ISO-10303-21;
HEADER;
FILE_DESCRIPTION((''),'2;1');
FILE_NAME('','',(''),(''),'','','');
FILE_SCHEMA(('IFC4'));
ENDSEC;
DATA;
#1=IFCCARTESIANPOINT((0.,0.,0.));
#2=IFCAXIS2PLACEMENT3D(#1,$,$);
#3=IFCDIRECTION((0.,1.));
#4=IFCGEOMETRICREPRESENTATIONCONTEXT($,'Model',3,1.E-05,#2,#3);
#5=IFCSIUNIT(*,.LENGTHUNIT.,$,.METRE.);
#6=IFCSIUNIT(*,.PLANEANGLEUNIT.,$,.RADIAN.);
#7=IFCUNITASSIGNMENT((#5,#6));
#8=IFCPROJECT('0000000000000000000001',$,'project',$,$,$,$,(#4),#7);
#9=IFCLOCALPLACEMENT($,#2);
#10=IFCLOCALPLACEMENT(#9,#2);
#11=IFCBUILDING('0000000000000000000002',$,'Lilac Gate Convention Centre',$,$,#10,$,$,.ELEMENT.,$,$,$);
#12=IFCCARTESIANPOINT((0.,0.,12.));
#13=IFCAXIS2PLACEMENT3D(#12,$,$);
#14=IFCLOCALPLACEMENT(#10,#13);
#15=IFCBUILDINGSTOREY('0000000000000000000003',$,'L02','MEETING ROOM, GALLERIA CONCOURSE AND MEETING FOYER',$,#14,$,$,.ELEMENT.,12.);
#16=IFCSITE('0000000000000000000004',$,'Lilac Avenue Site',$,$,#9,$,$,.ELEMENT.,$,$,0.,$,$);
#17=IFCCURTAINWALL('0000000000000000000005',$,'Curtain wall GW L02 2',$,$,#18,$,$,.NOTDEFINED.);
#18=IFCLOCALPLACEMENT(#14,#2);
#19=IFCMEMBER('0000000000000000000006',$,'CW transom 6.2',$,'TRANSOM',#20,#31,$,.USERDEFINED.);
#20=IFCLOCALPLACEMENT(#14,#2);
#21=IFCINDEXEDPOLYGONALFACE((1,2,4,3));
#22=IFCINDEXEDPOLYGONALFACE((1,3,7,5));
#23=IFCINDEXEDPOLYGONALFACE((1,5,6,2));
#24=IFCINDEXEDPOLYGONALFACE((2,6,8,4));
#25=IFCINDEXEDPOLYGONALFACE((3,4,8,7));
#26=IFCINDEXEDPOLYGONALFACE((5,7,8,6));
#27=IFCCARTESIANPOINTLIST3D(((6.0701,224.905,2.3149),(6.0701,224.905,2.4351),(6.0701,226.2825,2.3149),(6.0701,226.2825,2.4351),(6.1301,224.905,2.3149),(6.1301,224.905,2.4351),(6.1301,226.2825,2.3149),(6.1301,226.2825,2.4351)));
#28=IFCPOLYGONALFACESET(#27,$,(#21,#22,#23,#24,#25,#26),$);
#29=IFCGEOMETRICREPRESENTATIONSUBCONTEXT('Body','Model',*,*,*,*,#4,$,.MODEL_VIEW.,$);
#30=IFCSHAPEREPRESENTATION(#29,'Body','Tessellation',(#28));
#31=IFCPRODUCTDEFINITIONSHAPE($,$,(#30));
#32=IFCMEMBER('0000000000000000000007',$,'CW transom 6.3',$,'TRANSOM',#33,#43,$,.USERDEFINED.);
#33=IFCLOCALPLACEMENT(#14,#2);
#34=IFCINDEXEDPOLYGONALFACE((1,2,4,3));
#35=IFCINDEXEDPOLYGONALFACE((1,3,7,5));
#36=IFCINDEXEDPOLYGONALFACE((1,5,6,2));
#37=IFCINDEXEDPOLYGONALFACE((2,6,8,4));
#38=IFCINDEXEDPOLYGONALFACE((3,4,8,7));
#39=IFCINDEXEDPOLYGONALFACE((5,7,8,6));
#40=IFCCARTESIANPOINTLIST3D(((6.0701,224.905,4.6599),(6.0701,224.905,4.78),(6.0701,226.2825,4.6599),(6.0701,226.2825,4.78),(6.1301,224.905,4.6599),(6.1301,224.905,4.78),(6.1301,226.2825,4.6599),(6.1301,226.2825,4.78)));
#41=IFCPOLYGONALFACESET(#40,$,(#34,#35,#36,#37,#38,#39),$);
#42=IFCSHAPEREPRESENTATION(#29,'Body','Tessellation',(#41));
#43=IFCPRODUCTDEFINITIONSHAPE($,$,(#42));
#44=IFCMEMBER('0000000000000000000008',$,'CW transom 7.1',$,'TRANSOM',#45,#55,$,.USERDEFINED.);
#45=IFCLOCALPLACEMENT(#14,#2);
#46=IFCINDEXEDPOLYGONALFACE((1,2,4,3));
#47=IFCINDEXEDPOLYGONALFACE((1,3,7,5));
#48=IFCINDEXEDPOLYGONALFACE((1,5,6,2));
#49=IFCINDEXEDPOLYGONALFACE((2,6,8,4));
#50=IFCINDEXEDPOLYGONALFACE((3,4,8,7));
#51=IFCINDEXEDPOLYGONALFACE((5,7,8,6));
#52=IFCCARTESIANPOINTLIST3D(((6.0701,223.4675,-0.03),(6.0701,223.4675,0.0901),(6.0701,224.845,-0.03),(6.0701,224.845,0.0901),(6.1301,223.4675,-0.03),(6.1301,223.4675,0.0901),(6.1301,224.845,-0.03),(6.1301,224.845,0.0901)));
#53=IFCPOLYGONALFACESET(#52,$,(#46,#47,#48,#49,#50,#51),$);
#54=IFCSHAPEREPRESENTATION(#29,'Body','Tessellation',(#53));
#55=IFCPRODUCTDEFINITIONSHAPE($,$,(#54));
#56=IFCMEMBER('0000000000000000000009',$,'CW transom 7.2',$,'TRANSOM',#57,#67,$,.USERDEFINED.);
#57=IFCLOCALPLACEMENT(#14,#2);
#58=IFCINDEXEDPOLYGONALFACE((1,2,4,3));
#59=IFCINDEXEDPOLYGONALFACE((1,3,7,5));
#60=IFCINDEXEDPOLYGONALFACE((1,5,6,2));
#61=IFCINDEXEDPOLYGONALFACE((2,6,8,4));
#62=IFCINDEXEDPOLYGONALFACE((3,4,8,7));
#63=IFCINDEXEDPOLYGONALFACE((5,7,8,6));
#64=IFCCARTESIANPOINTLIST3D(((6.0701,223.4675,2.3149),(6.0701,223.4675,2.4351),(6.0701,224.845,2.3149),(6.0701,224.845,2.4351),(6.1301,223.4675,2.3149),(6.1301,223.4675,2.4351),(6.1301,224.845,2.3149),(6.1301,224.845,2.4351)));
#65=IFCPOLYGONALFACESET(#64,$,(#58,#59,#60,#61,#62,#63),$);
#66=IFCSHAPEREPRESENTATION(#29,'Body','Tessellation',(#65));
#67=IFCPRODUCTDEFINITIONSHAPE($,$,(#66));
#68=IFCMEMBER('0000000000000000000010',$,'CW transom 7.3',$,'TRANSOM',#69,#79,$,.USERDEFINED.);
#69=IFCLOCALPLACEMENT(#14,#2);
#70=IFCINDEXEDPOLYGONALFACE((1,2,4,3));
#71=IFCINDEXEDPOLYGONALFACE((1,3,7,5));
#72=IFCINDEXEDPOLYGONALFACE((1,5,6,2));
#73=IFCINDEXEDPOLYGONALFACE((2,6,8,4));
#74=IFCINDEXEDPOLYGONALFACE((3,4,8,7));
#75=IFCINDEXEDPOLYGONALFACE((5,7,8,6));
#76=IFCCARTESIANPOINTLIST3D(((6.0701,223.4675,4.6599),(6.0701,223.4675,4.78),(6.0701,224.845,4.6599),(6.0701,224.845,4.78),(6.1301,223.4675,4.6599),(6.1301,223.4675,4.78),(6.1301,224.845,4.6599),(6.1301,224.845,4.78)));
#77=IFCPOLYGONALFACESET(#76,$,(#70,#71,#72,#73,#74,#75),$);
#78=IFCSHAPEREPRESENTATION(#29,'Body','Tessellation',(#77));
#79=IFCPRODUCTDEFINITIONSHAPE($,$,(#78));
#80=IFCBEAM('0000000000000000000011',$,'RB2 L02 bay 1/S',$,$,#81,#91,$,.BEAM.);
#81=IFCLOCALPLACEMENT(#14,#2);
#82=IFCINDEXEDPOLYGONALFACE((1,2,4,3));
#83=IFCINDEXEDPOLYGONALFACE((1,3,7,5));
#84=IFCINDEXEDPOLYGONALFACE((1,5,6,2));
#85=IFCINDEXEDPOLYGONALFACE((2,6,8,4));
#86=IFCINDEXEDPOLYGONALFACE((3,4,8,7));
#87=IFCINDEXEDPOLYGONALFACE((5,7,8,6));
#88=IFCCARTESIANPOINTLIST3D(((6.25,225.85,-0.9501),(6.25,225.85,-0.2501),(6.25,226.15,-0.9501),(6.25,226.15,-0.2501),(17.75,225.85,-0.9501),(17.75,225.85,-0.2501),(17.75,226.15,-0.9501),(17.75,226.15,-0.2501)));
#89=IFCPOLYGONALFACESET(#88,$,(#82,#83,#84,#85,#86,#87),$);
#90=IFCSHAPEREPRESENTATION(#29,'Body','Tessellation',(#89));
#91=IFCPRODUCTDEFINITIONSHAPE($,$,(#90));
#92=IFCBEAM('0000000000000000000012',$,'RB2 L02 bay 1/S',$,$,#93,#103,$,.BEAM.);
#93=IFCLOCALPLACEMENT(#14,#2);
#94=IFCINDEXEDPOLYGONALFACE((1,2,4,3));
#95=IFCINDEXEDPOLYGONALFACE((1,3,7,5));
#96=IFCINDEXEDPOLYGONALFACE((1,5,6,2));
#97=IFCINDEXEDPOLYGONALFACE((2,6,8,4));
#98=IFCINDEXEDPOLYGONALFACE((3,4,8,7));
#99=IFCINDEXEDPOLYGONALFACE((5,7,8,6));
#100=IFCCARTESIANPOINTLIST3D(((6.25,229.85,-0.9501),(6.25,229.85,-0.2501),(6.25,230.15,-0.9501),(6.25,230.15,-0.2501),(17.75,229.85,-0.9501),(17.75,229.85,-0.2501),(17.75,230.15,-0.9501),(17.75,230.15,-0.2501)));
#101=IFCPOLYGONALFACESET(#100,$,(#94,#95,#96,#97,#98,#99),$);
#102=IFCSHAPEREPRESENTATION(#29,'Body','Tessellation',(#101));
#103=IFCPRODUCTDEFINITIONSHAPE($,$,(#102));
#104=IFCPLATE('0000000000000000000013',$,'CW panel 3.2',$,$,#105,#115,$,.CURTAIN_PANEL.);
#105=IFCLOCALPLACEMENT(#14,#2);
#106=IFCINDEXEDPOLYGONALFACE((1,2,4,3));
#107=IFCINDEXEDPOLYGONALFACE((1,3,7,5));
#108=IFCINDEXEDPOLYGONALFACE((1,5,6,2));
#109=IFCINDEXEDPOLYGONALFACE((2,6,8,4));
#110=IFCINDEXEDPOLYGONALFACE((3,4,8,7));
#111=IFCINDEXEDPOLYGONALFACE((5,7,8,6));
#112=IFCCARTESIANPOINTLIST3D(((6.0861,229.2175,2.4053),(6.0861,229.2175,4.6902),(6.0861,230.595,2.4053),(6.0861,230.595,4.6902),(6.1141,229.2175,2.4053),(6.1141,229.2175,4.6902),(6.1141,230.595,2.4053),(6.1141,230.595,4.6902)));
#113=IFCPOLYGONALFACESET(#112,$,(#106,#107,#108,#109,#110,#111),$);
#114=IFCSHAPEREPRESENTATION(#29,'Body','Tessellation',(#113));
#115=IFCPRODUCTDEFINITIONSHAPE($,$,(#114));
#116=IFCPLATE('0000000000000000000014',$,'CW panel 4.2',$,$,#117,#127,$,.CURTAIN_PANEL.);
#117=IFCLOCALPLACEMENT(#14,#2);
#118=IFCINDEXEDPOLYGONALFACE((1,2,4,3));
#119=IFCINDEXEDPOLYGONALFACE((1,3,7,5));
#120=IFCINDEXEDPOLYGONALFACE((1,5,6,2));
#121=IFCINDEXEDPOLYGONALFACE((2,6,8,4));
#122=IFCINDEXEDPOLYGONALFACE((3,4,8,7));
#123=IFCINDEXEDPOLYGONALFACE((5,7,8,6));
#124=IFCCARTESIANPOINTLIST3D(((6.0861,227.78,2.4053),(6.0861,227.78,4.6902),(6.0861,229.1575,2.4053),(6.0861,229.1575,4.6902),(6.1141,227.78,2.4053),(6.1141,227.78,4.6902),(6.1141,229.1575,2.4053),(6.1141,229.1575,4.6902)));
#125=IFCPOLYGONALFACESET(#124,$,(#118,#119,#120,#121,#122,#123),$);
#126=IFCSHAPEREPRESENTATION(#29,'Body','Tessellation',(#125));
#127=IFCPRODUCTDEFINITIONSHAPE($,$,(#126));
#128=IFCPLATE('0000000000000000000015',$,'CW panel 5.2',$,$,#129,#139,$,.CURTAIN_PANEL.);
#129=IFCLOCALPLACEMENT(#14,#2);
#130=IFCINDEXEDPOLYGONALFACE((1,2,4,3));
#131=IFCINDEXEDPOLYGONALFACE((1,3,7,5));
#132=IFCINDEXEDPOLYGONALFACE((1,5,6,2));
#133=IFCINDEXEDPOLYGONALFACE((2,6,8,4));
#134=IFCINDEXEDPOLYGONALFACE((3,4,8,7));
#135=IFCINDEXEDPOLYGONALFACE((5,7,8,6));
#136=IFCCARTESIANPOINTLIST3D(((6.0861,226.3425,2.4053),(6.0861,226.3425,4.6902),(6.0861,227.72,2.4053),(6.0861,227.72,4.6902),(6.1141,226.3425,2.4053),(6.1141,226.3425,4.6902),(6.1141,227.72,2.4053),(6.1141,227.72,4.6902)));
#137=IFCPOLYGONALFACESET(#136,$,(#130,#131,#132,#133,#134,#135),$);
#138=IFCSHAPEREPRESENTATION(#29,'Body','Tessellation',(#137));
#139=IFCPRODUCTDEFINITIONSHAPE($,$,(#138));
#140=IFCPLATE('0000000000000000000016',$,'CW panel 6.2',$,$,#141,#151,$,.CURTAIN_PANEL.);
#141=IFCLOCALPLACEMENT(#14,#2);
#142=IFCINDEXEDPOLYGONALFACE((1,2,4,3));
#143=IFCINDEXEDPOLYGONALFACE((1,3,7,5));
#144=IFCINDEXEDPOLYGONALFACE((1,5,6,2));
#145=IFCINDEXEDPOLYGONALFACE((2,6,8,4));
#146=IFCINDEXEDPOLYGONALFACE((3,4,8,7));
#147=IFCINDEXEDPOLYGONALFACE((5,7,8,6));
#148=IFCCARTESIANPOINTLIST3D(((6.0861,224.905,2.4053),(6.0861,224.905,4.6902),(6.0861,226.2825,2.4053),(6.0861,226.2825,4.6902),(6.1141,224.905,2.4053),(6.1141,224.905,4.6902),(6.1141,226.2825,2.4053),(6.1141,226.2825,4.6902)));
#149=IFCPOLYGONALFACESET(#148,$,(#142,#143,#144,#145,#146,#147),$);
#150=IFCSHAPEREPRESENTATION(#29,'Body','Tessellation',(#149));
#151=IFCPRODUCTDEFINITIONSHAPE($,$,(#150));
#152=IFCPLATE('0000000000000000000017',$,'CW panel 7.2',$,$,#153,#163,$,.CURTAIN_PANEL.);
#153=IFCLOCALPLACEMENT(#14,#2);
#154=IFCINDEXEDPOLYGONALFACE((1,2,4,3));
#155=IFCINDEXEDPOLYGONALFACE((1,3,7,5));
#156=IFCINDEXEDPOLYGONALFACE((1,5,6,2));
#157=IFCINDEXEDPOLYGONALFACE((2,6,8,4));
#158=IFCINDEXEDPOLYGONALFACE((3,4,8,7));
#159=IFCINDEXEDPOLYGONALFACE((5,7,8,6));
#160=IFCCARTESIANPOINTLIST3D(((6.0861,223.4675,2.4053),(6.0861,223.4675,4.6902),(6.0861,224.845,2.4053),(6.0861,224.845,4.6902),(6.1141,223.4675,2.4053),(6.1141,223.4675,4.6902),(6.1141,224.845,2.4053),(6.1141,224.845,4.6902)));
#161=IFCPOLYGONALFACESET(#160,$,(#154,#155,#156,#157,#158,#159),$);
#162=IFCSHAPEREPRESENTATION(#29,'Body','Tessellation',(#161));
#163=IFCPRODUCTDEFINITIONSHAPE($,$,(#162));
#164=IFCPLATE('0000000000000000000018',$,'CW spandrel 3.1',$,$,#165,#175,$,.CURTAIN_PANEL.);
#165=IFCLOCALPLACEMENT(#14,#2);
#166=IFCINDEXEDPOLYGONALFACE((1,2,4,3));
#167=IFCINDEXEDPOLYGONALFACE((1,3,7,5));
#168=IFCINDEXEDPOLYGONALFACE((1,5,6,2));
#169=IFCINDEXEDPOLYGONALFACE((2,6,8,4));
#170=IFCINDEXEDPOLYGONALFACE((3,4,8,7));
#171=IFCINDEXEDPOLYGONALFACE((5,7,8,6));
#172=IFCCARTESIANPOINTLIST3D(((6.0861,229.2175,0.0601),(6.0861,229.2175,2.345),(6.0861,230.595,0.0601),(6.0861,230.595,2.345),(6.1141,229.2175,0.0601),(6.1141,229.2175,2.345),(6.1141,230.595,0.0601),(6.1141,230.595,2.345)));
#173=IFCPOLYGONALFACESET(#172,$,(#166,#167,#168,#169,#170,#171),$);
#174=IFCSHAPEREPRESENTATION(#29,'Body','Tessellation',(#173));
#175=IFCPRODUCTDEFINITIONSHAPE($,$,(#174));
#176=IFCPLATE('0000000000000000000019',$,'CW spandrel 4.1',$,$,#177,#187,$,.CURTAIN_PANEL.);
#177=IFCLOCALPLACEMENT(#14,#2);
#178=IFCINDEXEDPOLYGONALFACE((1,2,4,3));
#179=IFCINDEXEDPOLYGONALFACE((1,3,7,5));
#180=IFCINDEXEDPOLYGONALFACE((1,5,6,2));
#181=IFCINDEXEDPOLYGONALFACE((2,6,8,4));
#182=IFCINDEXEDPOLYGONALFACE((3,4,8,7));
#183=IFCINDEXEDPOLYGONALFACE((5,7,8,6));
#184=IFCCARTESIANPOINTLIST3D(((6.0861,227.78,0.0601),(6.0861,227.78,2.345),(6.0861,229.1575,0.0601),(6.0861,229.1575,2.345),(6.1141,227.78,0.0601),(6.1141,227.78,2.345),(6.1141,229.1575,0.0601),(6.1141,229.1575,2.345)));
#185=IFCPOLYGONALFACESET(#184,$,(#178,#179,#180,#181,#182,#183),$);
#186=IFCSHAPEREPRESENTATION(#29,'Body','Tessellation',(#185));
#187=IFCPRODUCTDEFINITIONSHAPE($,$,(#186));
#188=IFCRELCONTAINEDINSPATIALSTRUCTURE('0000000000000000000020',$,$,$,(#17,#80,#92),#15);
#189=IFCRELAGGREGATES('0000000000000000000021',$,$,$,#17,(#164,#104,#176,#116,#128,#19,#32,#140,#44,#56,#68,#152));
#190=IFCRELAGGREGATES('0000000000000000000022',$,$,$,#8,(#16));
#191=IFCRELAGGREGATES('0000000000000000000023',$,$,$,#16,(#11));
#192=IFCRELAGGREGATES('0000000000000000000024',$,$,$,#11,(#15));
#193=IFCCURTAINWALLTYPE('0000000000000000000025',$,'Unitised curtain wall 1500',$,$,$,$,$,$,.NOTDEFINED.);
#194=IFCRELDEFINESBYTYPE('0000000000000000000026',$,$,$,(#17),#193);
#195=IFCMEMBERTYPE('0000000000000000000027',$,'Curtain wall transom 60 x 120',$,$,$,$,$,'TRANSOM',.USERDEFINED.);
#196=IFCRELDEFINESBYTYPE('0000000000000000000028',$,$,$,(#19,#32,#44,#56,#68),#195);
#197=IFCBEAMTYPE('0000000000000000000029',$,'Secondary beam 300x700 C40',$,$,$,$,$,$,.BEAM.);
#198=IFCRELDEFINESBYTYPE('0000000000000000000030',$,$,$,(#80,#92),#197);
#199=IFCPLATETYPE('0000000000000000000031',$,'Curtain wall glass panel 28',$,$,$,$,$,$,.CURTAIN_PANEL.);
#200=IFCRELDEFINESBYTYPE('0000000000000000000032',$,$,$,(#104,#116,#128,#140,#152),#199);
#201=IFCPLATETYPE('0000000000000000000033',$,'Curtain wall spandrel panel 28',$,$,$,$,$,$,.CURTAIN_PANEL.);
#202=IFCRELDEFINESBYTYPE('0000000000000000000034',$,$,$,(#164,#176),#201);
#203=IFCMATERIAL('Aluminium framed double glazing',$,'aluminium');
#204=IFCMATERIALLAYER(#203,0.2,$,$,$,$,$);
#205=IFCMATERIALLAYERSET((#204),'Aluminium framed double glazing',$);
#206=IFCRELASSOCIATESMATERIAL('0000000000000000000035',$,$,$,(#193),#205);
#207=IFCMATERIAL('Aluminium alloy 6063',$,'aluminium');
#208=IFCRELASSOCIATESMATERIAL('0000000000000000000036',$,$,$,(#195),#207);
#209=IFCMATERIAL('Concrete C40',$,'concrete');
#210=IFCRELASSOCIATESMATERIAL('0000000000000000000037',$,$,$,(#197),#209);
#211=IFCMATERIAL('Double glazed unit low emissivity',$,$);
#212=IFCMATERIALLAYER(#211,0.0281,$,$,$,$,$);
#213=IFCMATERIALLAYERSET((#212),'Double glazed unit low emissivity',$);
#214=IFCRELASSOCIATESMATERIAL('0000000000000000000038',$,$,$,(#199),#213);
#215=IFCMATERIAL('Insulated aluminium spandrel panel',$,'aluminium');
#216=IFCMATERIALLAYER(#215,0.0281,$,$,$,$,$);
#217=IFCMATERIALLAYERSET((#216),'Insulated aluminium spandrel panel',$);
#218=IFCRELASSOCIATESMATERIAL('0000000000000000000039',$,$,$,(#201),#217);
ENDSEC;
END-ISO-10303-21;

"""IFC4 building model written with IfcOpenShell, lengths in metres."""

from ifc_helpers import new_model, si_unit, direction, frame, origin, origin_2d, place, context, subcontext, project, spatial, rectangle, extrude, material, layer, layer_set, material_profile, profile_set, type_object, element, aggregate, save


model = new_model("IFC4")

# Units and contexts
model_context = context("Model", 3, precision=1e-05, world=origin(), true_north=direction((0.0, 1.0)))
body_context = subcontext(model_context, "Body", "Model", "MODEL_VIEW")
ifc_project = project(units=[si_unit("LENGTHUNIT", "METRE"), si_unit("PLANEANGLEUNIT", "RADIAN")], contexts=[model_context])

# Site, building, storey
site_placement = place(None, origin())
site = spatial("IfcSite", under=ifc_project, at=site_placement, Name="Lilac Avenue Site", CompositionType="ELEMENT", RefElevation=0.0)
building_placement = place(site_placement, origin())
building = spatial("IfcBuilding", under=site, at=building_placement, Name="Lilac Gate Convention Centre", CompositionType="ELEMENT")
storey_placement = place(building_placement, frame((0.0, 0.0, 12.0)))
storey = spatial("IfcBuildingStorey", under=building, at=storey_placement, Name="L02", Description="MEETING ROOM, GALLERIA CONCOURSE AND MEETING FOYER", CompositionType="ELEMENT", Elevation=12.0)

# Curtain wall, members
ifc_material_1 = material(Name="Aluminium framed double glazing", Category="aluminium")
ifc_layer_1 = layer(ifc_material_1, 0.2)
ifc_layer_set_1 = layer_set([ifc_layer_1], Name="Aluminium framed double glazing")
curtain_wall_type = type_object("IfcCurtainWallType", Name="Unitised curtain wall 1500", PredefinedType="NOTDEFINED", material=ifc_layer_set_1)
curtain_wall_placement = place(storey_placement, origin())
curtain_wall = element("IfcCurtainWall", 1, at=curtain_wall_placement, inside=storey, type_object=curtain_wall_type, Name="Curtain wall GW L02 2", PredefinedType="NOTDEFINED")
ifc_material_2 = material(Name="Aluminium alloy 6063", Category="aluminium")
ifc_material_profile_1 = material_profile(ifc_material_2, rectangle(XDim=0.0601, YDim=0.1201, at=origin_2d()), Name="Curtain wall transom 60 x 120")
ifc_profile_set_1 = profile_set([ifc_material_profile_1], Name="Aluminium alloy 6063")
member_type_1 = type_object("IfcMemberType", Name="Curtain wall transom 60 x 120", ElementType="TRANSOM", PredefinedType="USERDEFINED", material=ifc_profile_set_1)
member_1_placement = place(storey_placement, frame((6.1001, 226.2825, 2.375), z_axis=(0.0, -1.0, 0.0), x_axis=(1.0, 0.0, 0.0)))
member_1 = element("IfcMember", 2, at=member_1_placement, type_object=member_type_1, Name="CW transom 6.2", ObjectType="TRANSOM", PredefinedType="USERDEFINED", context=body_context, shape_type="SweptSolid", body=[
    extrude(rectangle(XDim=0.0601, YDim=0.1201, at=origin_2d()), origin(), (0.0, 0.0, 1.0), 1.3774),
])
member_2_placement = place(storey_placement, frame((6.1001, 226.2825, 4.72), z_axis=(0.0, -1.0, 0.0), x_axis=(1.0, 0.0, 0.0)))
member_2 = element("IfcMember", 3, at=member_2_placement, type_object=member_type_1, Name="CW transom 6.3", ObjectType="TRANSOM", PredefinedType="USERDEFINED", context=body_context, shape_type="SweptSolid", body=[
    extrude(rectangle(XDim=0.0601, YDim=0.1201, at=origin_2d()), origin(), (0.0, 0.0, 1.0), 1.3774),
])
member_3_placement = place(storey_placement, frame((6.1001, 224.845, 0.03), z_axis=(0.0, -1.0, 0.0), x_axis=(1.0, 0.0, 0.0)))
member_3 = element("IfcMember", 4, at=member_3_placement, type_object=member_type_1, Name="CW transom 7.1", ObjectType="TRANSOM", PredefinedType="USERDEFINED", context=body_context, shape_type="SweptSolid", body=[
    extrude(rectangle(XDim=0.0601, YDim=0.1201, at=origin_2d()), origin(), (0.0, 0.0, 1.0), 1.3774),
])
member_4_placement = place(storey_placement, frame((6.1001, 224.845, 2.375), z_axis=(0.0, -1.0, 0.0), x_axis=(1.0, 0.0, 0.0)))
member_4 = element("IfcMember", 5, at=member_4_placement, type_object=member_type_1, Name="CW transom 7.2", ObjectType="TRANSOM", PredefinedType="USERDEFINED", context=body_context, shape_type="SweptSolid", body=[
    extrude(rectangle(XDim=0.0601, YDim=0.1201, at=origin_2d()), origin(), (0.0, 0.0, 1.0), 1.3774),
])
member_5_placement = place(storey_placement, frame((6.1001, 224.845, 4.72), z_axis=(0.0, -1.0, 0.0), x_axis=(1.0, 0.0, 0.0)))
member_5 = element("IfcMember", 6, at=member_5_placement, type_object=member_type_1, Name="CW transom 7.3", ObjectType="TRANSOM", PredefinedType="USERDEFINED", context=body_context, shape_type="SweptSolid", body=[
    extrude(rectangle(XDim=0.0601, YDim=0.1201, at=origin_2d()), origin(), (0.0, 0.0, 1.0), 1.3774),
])

# Beams
ifc_material_3 = material(Name="Concrete C40", Category="concrete")
ifc_material_profile_2 = material_profile(ifc_material_3, rectangle(XDim=0.3, YDim=0.7, at=origin_2d()), Name="RC 300x700")
ifc_profile_set_2 = profile_set([ifc_material_profile_2], Name="Concrete C40")
beam_type = type_object("IfcBeamType", Name="Secondary beam 300x700 C40", PredefinedType="BEAM", material=ifc_profile_set_2)
for number, where, z_axis, x_axis, name in (
    (7, (6.25, 226.0, -0.6001), (1.0, 0.0, 0.0), (0.0, 1.0, 0.0), "RB2 L02 bay 1/S"),
    (8, (6.25, 230.0, -0.6001), (1.0, 0.0, 0.0), (0.0, 1.0, 0.0), "RB2 L02 bay 1/S"),
):
    element("IfcBeam", number, at=place(storey_placement, frame(where, z_axis=z_axis, x_axis=x_axis)), inside=storey, type_object=beam_type, Name=name, PredefinedType="BEAM", context=body_context, shape_type="SweptSolid", body=[
        extrude(rectangle(XDim=0.3, YDim=0.7, at=origin_2d()), origin(), (0.0, 0.0, 1.0), 11.5),
    ])

# Plates
ifc_material_4 = material(Name="Double glazed unit low emissivity")
ifc_layer_2 = layer(ifc_material_4, 0.0281)
ifc_layer_set_2 = layer_set([ifc_layer_2], Name="Double glazed unit low emissivity")
plate_type_1 = type_object("IfcPlateType", Name="Curtain wall glass panel 28", PredefinedType="CURTAIN_PANEL", material=ifc_layer_set_2)
plate_1_placement = place(storey_placement, frame((6.1001, 229.9062, 2.4053), z_axis=(0.0, 0.0, 1.0), x_axis=(0.0, -1.0, 0.0)))
plate_1 = element("IfcPlate", 9, at=plate_1_placement, type_object=plate_type_1, Name="CW panel 3.2", PredefinedType="CURTAIN_PANEL", context=body_context, shape_type="SweptSolid", body=[
    extrude(rectangle(XDim=1.3774, YDim=0.0281, at=origin_2d()), origin(), (0.0, 0.0, 1.0), 2.2849),
])
plate_2_placement = place(storey_placement, frame((6.1001, 228.4688, 2.4053), z_axis=(0.0, 0.0, 1.0), x_axis=(0.0, -1.0, 0.0)))
plate_2 = element("IfcPlate", 10, at=plate_2_placement, type_object=plate_type_1, Name="CW panel 4.2", PredefinedType="CURTAIN_PANEL", context=body_context, shape_type="SweptSolid", body=[
    extrude(rectangle(XDim=1.3774, YDim=0.0281, at=origin_2d()), origin(), (0.0, 0.0, 1.0), 2.2849),
])
plate_3_placement = place(storey_placement, frame((6.1001, 227.0312, 2.4053), z_axis=(0.0, 0.0, 1.0), x_axis=(0.0, -1.0, 0.0)))
plate_3 = element("IfcPlate", 11, at=plate_3_placement, type_object=plate_type_1, Name="CW panel 5.2", PredefinedType="CURTAIN_PANEL", context=body_context, shape_type="SweptSolid", body=[
    extrude(rectangle(XDim=1.3774, YDim=0.0281, at=origin_2d()), origin(), (0.0, 0.0, 1.0), 2.2849),
])
plate_4_placement = place(storey_placement, frame((6.1001, 225.5938, 2.4053), z_axis=(0.0, 0.0, 1.0), x_axis=(0.0, -1.0, 0.0)))
plate_4 = element("IfcPlate", 12, at=plate_4_placement, type_object=plate_type_1, Name="CW panel 6.2", PredefinedType="CURTAIN_PANEL", context=body_context, shape_type="SweptSolid", body=[
    extrude(rectangle(XDim=1.3774, YDim=0.0281, at=origin_2d()), origin(), (0.0, 0.0, 1.0), 2.2849),
])
plate_5_placement = place(storey_placement, frame((6.1001, 224.1562, 2.4053), z_axis=(0.0, 0.0, 1.0), x_axis=(0.0, -1.0, 0.0)))
plate_5 = element("IfcPlate", 13, at=plate_5_placement, type_object=plate_type_1, Name="CW panel 7.2", PredefinedType="CURTAIN_PANEL", context=body_context, shape_type="SweptSolid", body=[
    extrude(rectangle(XDim=1.3774, YDim=0.0281, at=origin_2d()), origin(), (0.0, 0.0, 1.0), 2.2849),
])
ifc_material_5 = material(Name="Insulated aluminium spandrel panel", Category="aluminium")
ifc_layer_3 = layer(ifc_material_5, 0.0281)
ifc_layer_set_3 = layer_set([ifc_layer_3], Name="Insulated aluminium spandrel panel")
plate_type_2 = type_object("IfcPlateType", Name="Curtain wall spandrel panel 28", PredefinedType="CURTAIN_PANEL", material=ifc_layer_set_3)
plate_6_placement = place(storey_placement, frame((6.1001, 229.9062, 0.0601), z_axis=(0.0, 0.0, 1.0), x_axis=(0.0, -1.0, 0.0)))
plate_6 = element("IfcPlate", 14, at=plate_6_placement, type_object=plate_type_2, Name="CW spandrel 3.1", PredefinedType="CURTAIN_PANEL", context=body_context, shape_type="SweptSolid", body=[
    extrude(rectangle(XDim=1.3774, YDim=0.0281, at=origin_2d()), origin(), (0.0, 0.0, 1.0), 2.2849),
])
plate_7_placement = place(storey_placement, frame((6.1001, 228.4688, 0.0601), z_axis=(0.0, 0.0, 1.0), x_axis=(0.0, -1.0, 0.0)))
plate_7 = element("IfcPlate", 15, at=plate_7_placement, type_object=plate_type_2, Name="CW spandrel 4.1", PredefinedType="CURTAIN_PANEL", context=body_context, shape_type="SweptSolid", body=[
    extrude(rectangle(XDim=1.3774, YDim=0.0281, at=origin_2d()), origin(), (0.0, 0.0, 1.0), 2.2849),
])
aggregate(curtain_wall, [plate_6, plate_1, plate_7, plate_2, plate_3, member_1, member_2, plate_4, member_3, member_4, member_5, plate_5])

save(model, "model.ifc")
